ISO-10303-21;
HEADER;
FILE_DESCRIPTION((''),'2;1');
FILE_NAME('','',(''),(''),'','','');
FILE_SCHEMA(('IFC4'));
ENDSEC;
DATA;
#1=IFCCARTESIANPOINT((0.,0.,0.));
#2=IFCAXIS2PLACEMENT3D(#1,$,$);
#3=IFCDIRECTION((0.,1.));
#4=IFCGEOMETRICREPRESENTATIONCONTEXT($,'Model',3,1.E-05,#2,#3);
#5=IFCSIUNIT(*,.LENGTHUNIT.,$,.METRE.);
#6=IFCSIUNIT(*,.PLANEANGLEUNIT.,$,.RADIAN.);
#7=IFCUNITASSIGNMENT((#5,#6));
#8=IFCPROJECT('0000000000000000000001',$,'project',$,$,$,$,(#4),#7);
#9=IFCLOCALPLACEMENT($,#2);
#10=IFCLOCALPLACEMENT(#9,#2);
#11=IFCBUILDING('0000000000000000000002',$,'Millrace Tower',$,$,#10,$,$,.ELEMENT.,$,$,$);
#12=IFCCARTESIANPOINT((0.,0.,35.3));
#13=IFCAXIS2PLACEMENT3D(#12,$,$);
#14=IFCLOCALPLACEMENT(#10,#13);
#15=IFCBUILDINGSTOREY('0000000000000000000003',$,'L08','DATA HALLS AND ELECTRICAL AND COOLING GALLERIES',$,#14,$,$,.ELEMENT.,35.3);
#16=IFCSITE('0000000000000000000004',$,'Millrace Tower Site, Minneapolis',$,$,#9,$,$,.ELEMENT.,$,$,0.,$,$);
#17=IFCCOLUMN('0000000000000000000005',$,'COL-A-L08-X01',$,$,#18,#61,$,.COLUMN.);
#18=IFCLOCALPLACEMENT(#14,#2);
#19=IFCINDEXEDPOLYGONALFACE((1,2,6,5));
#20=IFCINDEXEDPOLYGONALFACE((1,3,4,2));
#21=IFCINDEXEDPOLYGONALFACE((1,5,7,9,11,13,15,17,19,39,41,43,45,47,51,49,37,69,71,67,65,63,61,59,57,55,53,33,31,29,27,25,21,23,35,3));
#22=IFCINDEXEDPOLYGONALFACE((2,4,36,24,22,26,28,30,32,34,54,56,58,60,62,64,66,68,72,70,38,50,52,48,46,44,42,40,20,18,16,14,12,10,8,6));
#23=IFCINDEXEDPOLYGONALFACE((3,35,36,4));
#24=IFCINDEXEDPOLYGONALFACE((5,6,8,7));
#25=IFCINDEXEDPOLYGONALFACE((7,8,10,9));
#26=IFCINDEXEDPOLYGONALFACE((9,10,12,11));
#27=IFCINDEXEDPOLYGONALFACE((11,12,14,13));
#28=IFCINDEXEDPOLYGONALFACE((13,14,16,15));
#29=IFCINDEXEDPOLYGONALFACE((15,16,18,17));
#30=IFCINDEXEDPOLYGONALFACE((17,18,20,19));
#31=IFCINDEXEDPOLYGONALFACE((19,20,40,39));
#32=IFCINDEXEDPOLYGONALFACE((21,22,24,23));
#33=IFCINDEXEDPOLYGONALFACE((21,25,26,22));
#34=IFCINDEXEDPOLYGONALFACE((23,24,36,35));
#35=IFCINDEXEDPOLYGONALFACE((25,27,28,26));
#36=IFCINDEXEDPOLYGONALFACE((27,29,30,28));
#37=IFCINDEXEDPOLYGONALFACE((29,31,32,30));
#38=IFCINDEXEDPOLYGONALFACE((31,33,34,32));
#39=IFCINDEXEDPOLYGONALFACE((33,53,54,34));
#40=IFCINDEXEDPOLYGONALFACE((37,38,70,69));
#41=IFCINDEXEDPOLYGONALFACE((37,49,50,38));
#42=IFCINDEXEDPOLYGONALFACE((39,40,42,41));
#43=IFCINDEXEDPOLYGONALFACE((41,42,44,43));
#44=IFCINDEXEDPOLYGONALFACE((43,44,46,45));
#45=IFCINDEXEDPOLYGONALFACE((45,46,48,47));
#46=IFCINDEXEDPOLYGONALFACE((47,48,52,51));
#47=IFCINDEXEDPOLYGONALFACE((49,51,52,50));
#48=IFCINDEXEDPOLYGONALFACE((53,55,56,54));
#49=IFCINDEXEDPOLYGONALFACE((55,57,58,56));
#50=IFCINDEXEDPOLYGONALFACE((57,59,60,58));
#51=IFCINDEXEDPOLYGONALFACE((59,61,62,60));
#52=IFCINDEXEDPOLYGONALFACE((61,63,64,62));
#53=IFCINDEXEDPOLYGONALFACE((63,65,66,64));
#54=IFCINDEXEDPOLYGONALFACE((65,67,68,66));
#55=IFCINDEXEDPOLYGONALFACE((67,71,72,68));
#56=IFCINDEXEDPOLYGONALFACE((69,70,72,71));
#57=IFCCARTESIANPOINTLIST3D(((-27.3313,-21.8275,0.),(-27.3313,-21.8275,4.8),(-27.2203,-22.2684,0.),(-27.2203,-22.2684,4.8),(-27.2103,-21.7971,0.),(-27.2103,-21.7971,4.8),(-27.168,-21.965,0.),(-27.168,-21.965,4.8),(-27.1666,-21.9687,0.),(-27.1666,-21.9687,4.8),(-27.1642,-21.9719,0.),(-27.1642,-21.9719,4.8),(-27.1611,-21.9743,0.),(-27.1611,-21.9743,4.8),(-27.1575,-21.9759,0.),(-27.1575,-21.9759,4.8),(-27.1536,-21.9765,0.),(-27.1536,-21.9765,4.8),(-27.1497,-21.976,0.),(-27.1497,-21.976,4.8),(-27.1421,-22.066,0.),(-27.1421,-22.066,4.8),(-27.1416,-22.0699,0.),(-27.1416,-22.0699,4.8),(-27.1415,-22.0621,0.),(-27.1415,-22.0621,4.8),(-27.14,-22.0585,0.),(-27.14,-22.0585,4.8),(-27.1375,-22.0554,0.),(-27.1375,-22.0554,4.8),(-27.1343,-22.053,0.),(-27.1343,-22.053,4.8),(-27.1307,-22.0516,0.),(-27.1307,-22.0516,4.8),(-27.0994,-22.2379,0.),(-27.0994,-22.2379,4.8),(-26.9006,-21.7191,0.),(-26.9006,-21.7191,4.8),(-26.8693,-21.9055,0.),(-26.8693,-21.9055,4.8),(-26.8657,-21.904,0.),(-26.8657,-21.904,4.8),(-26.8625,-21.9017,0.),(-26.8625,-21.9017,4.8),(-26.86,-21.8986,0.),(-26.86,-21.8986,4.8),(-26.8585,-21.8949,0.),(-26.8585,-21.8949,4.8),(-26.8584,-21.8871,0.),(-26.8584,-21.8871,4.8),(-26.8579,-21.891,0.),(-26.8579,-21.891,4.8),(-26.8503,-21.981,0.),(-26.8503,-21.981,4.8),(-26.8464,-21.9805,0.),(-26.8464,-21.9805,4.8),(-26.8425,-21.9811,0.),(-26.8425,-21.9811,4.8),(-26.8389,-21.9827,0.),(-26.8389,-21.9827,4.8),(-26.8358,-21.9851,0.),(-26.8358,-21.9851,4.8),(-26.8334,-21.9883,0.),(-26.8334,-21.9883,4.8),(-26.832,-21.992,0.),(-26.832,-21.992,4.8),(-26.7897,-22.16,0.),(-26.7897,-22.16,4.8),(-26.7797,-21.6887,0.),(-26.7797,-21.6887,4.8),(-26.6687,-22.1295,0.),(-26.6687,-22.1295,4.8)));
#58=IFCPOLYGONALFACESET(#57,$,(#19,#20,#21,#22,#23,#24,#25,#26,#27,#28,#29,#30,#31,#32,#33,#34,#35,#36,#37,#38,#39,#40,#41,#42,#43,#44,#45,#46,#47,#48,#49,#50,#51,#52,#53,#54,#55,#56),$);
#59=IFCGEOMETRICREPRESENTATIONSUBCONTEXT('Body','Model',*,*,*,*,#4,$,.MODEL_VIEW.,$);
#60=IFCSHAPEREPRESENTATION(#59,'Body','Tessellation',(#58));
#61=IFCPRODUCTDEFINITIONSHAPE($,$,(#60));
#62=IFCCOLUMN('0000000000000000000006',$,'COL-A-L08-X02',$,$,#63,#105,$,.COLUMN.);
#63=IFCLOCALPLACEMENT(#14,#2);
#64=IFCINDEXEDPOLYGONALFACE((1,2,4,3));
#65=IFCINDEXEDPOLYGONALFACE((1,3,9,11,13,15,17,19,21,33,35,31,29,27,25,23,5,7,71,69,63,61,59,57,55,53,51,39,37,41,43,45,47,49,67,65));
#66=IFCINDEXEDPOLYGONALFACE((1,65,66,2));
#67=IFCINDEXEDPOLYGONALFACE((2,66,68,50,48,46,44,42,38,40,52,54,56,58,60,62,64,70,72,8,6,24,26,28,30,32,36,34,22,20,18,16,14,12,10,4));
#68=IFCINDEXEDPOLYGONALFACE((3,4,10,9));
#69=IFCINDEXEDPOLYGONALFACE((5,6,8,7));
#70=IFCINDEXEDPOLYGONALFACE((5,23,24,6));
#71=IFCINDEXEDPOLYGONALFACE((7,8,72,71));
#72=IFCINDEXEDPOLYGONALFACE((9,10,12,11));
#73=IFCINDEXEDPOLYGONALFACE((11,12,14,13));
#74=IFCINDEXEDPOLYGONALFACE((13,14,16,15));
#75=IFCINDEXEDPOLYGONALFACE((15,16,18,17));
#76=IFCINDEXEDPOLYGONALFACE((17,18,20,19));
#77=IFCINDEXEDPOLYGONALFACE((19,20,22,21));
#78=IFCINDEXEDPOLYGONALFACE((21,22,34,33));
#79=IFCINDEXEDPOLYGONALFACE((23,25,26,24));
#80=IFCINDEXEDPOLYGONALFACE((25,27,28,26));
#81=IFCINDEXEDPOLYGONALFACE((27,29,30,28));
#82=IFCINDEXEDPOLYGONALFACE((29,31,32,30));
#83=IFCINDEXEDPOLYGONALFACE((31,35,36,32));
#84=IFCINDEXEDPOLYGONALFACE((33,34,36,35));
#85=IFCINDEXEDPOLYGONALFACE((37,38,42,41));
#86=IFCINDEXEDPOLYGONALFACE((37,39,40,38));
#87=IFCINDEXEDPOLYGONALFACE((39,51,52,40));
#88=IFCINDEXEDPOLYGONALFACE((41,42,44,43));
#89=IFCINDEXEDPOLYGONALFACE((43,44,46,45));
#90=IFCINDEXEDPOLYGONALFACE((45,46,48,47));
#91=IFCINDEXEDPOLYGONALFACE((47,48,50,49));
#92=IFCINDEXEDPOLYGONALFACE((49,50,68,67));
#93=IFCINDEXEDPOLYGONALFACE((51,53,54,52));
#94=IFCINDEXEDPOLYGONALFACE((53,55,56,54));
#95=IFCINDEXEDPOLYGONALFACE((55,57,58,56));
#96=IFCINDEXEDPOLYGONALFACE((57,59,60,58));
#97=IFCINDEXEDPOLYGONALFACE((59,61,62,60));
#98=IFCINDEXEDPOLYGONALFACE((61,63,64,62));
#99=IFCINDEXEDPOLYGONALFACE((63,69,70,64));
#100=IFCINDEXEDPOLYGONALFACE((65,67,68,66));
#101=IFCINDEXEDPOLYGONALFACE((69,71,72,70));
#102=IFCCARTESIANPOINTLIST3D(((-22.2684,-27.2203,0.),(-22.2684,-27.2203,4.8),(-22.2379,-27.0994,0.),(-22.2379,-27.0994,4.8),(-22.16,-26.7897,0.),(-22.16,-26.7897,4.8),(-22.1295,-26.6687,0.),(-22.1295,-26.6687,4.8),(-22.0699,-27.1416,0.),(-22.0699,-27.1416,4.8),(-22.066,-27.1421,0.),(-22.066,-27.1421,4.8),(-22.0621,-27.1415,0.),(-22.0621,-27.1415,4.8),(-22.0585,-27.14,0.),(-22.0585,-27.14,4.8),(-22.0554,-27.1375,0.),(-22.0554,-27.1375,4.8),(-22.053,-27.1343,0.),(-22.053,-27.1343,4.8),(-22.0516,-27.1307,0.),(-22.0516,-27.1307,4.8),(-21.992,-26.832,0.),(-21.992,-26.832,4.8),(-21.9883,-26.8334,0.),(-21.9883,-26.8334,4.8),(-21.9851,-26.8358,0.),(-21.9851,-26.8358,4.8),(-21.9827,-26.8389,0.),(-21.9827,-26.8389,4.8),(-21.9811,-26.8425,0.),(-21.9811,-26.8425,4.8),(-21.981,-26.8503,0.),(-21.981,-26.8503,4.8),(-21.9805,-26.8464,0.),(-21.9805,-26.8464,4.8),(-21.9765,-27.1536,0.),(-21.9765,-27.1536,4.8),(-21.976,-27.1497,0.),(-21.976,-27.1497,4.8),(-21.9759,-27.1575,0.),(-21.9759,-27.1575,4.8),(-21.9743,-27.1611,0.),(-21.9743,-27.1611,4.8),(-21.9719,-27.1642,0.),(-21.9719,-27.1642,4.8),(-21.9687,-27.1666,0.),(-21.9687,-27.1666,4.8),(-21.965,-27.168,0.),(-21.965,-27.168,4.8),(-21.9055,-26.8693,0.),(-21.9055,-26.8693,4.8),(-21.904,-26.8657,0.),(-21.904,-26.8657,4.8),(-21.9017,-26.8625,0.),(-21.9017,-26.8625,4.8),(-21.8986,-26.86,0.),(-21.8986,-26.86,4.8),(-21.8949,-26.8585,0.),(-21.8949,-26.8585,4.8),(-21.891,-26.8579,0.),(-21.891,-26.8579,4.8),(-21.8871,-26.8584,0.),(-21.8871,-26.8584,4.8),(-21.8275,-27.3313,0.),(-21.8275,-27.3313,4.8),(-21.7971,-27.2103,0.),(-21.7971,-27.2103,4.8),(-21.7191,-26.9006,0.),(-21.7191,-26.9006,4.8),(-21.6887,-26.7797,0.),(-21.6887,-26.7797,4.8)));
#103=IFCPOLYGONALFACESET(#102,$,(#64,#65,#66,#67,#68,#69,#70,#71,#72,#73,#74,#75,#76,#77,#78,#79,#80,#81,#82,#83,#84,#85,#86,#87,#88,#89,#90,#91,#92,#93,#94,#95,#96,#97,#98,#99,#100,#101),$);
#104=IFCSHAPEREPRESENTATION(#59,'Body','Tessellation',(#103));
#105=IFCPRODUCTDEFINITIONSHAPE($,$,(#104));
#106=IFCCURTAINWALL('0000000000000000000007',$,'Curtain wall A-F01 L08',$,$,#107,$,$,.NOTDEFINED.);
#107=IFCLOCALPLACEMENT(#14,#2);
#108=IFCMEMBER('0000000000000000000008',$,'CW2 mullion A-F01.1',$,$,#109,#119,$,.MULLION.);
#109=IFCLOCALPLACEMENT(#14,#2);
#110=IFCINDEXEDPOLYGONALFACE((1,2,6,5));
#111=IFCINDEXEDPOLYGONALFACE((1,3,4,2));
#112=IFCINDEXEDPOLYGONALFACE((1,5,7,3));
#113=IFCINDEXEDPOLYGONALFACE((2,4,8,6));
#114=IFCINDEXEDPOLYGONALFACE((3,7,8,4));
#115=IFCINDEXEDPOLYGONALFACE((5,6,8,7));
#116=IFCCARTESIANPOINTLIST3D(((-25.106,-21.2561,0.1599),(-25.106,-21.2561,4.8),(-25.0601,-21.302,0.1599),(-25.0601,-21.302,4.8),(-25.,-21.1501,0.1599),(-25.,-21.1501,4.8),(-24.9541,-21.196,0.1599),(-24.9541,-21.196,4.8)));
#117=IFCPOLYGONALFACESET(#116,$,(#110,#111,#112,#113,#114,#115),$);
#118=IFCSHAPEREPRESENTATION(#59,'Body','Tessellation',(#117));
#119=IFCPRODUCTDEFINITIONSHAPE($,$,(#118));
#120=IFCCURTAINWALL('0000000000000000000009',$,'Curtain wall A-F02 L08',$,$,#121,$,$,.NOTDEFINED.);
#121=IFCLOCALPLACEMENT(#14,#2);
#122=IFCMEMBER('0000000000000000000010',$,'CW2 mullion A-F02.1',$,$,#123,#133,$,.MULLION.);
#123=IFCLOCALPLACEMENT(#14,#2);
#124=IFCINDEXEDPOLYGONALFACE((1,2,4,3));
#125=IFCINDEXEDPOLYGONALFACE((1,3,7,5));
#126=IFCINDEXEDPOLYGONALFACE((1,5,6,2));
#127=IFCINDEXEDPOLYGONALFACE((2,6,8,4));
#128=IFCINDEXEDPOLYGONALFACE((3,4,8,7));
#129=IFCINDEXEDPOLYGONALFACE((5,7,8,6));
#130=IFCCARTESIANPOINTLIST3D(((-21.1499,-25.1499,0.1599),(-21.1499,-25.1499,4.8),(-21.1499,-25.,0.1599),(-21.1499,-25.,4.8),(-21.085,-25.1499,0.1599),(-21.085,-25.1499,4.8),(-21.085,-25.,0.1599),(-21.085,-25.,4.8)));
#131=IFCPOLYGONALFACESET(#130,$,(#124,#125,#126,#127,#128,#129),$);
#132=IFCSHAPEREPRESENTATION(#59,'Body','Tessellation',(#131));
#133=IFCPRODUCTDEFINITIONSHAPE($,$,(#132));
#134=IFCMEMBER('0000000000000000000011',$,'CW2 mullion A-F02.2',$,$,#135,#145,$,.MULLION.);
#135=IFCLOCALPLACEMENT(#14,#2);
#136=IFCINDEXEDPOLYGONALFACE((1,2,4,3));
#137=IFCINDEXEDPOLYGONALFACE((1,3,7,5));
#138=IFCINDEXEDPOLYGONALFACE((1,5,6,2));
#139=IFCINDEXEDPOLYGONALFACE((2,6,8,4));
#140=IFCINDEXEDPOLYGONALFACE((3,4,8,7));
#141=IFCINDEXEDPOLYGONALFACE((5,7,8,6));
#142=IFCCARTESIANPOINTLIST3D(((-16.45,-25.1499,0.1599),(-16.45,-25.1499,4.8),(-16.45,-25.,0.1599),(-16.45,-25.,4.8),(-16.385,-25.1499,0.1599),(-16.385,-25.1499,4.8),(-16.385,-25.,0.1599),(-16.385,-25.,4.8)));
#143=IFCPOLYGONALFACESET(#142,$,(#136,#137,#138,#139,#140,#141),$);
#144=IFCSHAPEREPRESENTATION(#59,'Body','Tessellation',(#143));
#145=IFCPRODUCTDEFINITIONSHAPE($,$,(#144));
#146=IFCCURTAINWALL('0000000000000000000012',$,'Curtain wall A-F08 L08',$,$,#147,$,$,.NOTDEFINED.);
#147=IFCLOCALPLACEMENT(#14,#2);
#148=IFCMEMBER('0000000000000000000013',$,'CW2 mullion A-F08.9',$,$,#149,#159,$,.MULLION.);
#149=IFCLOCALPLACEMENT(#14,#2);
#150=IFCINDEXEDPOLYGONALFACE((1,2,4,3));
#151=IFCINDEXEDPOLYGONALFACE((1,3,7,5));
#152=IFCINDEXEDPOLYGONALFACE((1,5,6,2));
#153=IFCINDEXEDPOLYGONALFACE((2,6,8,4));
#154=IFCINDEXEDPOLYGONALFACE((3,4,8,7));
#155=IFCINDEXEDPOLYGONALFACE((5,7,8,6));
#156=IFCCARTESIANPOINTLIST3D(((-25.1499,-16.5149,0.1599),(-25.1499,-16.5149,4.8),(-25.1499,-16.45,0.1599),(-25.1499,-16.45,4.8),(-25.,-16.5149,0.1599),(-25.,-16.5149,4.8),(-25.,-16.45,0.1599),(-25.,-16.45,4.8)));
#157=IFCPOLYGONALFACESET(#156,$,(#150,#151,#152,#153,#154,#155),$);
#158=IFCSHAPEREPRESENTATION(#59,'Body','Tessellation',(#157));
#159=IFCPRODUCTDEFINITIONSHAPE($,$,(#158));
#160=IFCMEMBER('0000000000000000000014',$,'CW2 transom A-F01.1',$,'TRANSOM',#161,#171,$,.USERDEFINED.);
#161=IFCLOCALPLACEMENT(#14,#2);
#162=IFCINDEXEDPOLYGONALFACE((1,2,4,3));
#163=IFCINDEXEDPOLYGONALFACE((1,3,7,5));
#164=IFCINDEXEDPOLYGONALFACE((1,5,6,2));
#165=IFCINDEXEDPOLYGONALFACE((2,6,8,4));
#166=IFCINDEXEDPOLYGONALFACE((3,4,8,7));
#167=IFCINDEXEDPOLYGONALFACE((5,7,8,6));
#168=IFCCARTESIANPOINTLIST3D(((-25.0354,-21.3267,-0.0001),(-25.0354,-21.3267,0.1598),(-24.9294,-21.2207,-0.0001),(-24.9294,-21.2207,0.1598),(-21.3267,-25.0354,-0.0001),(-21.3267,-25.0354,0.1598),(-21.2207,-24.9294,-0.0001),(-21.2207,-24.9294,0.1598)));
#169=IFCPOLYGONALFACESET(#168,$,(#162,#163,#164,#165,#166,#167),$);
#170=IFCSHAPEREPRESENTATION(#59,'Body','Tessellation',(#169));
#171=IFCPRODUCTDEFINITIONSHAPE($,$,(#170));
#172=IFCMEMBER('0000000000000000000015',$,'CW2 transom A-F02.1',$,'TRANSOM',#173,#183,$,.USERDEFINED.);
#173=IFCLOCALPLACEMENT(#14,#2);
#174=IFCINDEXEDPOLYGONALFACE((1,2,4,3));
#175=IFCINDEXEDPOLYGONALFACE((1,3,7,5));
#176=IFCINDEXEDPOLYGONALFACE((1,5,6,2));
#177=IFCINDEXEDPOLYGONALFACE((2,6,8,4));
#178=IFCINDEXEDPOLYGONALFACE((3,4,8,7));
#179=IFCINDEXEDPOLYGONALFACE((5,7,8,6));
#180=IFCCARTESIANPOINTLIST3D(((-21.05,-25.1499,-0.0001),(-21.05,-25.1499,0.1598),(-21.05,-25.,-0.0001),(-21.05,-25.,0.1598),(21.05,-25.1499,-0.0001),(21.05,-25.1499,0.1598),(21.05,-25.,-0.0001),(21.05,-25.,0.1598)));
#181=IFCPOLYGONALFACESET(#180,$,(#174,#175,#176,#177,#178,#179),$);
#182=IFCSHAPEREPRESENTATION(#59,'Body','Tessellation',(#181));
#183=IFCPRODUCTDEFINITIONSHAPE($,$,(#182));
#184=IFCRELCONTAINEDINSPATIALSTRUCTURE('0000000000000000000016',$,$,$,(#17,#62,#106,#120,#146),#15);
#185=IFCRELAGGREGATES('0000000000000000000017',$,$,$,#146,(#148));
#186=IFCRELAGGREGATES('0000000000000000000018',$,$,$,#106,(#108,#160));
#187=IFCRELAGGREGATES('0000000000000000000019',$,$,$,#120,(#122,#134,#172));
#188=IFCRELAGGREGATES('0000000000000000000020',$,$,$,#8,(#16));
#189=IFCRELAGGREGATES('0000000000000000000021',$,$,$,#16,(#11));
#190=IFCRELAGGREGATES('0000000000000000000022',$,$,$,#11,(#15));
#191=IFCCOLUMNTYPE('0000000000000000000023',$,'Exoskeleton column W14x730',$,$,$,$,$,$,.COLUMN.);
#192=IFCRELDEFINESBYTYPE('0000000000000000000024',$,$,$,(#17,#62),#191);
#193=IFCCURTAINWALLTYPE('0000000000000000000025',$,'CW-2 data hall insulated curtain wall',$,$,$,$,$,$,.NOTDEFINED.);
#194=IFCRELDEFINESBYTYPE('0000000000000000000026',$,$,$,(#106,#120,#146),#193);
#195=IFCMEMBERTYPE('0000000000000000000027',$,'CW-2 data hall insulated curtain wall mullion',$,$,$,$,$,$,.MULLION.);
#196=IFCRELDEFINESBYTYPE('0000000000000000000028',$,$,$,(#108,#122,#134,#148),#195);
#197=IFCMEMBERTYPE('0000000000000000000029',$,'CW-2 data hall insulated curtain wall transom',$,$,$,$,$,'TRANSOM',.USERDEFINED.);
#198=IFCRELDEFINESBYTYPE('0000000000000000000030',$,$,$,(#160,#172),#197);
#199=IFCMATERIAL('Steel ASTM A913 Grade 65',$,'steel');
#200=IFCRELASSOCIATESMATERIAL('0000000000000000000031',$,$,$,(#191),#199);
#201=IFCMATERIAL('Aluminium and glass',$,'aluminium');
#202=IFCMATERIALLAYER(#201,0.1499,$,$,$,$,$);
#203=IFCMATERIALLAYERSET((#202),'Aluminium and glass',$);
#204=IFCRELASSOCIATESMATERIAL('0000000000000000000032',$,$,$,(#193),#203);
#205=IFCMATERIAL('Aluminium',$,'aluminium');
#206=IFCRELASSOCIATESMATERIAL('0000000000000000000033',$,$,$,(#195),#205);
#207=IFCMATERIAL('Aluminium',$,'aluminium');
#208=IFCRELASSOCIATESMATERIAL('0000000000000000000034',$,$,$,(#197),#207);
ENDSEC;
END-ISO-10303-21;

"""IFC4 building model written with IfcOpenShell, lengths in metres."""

from ifc_helpers import new_model, si_unit, direction, frame, origin, origin_2d, place, context, subcontext, project, spatial, rectangle, i_section, extrude, material, layer, layer_set, material_profile, profile_set, type_object, element, aggregate, save


model = new_model("IFC4")

# Units and contexts
model_context = context("Model", 3, precision=1e-05, world=origin(), true_north=direction((0.0, 1.0)))
body_context = subcontext(model_context, "Body", "Model", "MODEL_VIEW")
ifc_project = project(units=[si_unit("LENGTHUNIT", "METRE"), si_unit("PLANEANGLEUNIT", "RADIAN")], contexts=[model_context])

# Site, building, storey
site_placement = place(None, origin())
site = spatial("IfcSite", under=ifc_project, at=site_placement, Name="Millrace Tower Site, Minneapolis", CompositionType="ELEMENT", RefElevation=0.0)
building_placement = place(site_placement, origin())
building = spatial("IfcBuilding", under=site, at=building_placement, Name="Millrace Tower", CompositionType="ELEMENT")
storey_placement = place(building_placement, frame((0.0, 0.0, 35.3)))
storey = spatial("IfcBuildingStorey", under=building, at=storey_placement, Name="L08", Description="DATA HALLS AND ELECTRICAL AND COOLING GALLERIES", CompositionType="ELEMENT", Elevation=35.3)

# Columns
ifc_material_1 = material(Name="Steel ASTM A913 Grade 65", Category="steel")
ifc_material_profile_1 = material_profile(ifc_material_1, i_section(OverallWidth=0.4546, OverallDepth=0.5688, WebThickness=0.0779, FlangeThickness=0.1248, FilletRadius=0.0151, at=origin_2d()))
ifc_profile_set_1 = profile_set([ifc_material_profile_1], Name="Steel ASTM A913 Grade 65")
column_type = type_object("IfcColumnType", Name="Exoskeleton column W14x730", PredefinedType="COLUMN", material=ifc_profile_set_1)
for number, where, z_axis, x_axis, name in (
    (1, (-27.0, -21.9785, 0.0), (0.0, 0.0, 1.0), (0.244094, -0.969752, 0.0), "COL-A-L08-X01"),
    (2, (-21.9785, -27.0, 0.0), (0.0, 0.0, 1.0), (0.969752, -0.244094, 0.0), "COL-A-L08-X02"),
):
    element("IfcColumn", number, at=place(storey_placement, frame(where, z_axis=z_axis, x_axis=x_axis)), inside=storey, type_object=column_type, Name=name, PredefinedType="COLUMN", context=body_context, shape_type="SweptSolid", body=[
        extrude(i_section(OverallWidth=0.4546, OverallDepth=0.5688, WebThickness=0.0779, FlangeThickness=0.1248, FilletRadius=0.0151, at=origin_2d()), origin(), (0.0, 0.0, 1.0), 4.8),
    ])

# Curtain wall, member
ifc_material_2 = material(Name="Aluminium and glass", Category="aluminium")
ifc_layer_1 = layer(ifc_material_2, 0.1499)
ifc_layer_set_1 = layer_set([ifc_layer_1], Name="Aluminium and glass")
curtain_wall_type = type_object("IfcCurtainWallType", Name="CW-2 data hall insulated curtain wall", PredefinedType="NOTDEFINED", material=ifc_layer_set_1)
placement = place(storey_placement, origin())
curtain_wall_1 = element("IfcCurtainWall", 3, at=placement, inside=storey, type_object=curtain_wall_type, Name="Curtain wall A-F01 L08", PredefinedType="NOTDEFINED")
ifc_material_3 = material(Name="Aluminium", Category="aluminium")
ifc_material_profile_2 = material_profile(ifc_material_3, rectangle(XDim=0.0649, YDim=0.1499, at=origin_2d()))
ifc_profile_set_2 = profile_set([ifc_material_profile_2], Name="Aluminium")
member_type_1 = type_object("IfcMemberType", Name="CW-2 data hall insulated curtain wall mullion", PredefinedType="MULLION", material=ifc_profile_set_2)
member_1_placement = place(storey_placement, frame((-25.03, -21.2261, 0.1599), z_axis=(0.0, 0.0, 1.0), x_axis=(0.707107, -0.707107, 0.0)))
member_1 = element("IfcMember", 4, at=member_1_placement, type_object=member_type_1, Name="CW2 mullion A-F01.1", PredefinedType="MULLION", context=body_context, shape_type="SweptSolid", body=[
    extrude(rectangle(XDim=0.0649, YDim=0.1499, at=origin_2d()), origin(), (0.0, 0.0, 1.0), 4.6401),
])

# Curtain wall, members
curtain_wall_2 = element("IfcCurtainWall", 5, at=placement, inside=storey, type_object=curtain_wall_type, Name="Curtain wall A-F02 L08", PredefinedType="NOTDEFINED")
member_2_placement = place(storey_placement, frame((-21.1174, -25.075, 0.1599), z_axis=(0.0, 0.0, 1.0), x_axis=(1.0, 0.0, 0.0)))
member_2 = element("IfcMember", 6, at=member_2_placement, type_object=member_type_1, Name="CW2 mullion A-F02.1", PredefinedType="MULLION", context=body_context, shape_type="SweptSolid", body=[
    extrude(rectangle(XDim=0.0649, YDim=0.1499, at=origin_2d()), origin(), (0.0, 0.0, 1.0), 4.6401),
])
member_3_placement = place(storey_placement, frame((-16.4175, -25.075, 0.1599), z_axis=(0.0, 0.0, 1.0), x_axis=(1.0, 0.0, 0.0)))
member_3 = element("IfcMember", 7, at=member_3_placement, type_object=member_type_1, Name="CW2 mullion A-F02.2", PredefinedType="MULLION", context=body_context, shape_type="SweptSolid", body=[
    extrude(rectangle(XDim=0.0649, YDim=0.1499, at=origin_2d()), origin(), (0.0, 0.0, 1.0), 4.6401),
])

# Curtain wall, member
curtain_wall_3 = element("IfcCurtainWall", 8, at=placement, inside=storey, type_object=curtain_wall_type, Name="Curtain wall A-F08 L08", PredefinedType="NOTDEFINED")
member_4_placement = place(storey_placement, frame((-25.075, -16.4824, 0.1599), z_axis=(0.0, 0.0, 1.0), x_axis=(0.0, -1.0, 0.0)))
member_4 = element("IfcMember", 9, at=member_4_placement, type_object=member_type_1, Name="CW2 mullion A-F08.9", PredefinedType="MULLION", context=body_context, shape_type="SweptSolid", body=[
    extrude(rectangle(XDim=0.0649, YDim=0.1499, at=origin_2d()), origin(), (0.0, 0.0, 1.0), 4.6401),
])
aggregate(curtain_wall_3, [member_4])

# Members
ifc_material_4 = material(Name="Aluminium", Category="aluminium")
ifc_material_profile_3 = material_profile(ifc_material_4, rectangle(XDim=0.1499, YDim=0.1599, at=origin_2d()))
ifc_profile_set_3 = profile_set([ifc_material_profile_3], Name="Aluminium")
member_type_2 = type_object("IfcMemberType", Name="CW-2 data hall insulated curtain wall transom", ElementType="TRANSOM", PredefinedType="USERDEFINED", material=ifc_profile_set_3)
member_5_placement = place(storey_placement, frame((-24.9824, -21.2737, 0.0798), z_axis=(0.707107, -0.707107, 0.0), x_axis=(0.707107, 0.707107, 0.0)))
member_5 = element("IfcMember", 10, at=member_5_placement, type_object=member_type_2, Name="CW2 transom A-F01.1", ObjectType="TRANSOM", PredefinedType="USERDEFINED", context=body_context, shape_type="SweptSolid", body=[
    extrude(rectangle(XDim=0.1499, YDim=0.1599, at=origin_2d()), origin(), (0.0, 0.0, 1.0), 5.2449),
])
aggregate(curtain_wall_1, [member_1, member_5])
member_6_placement = place(storey_placement, frame((-21.05, -25.075, 0.0798), z_axis=(1.0, 0.0, 0.0), x_axis=(0.0, 1.0, 0.0)))
member_6 = element("IfcMember", 11, at=member_6_placement, type_object=member_type_2, Name="CW2 transom A-F02.1", ObjectType="TRANSOM", PredefinedType="USERDEFINED", context=body_context, shape_type="SweptSolid", body=[
    extrude(rectangle(XDim=0.1499, YDim=0.1599, at=origin_2d()), origin(), (0.0, 0.0, 1.0), 42.1001),
])
aggregate(curtain_wall_2, [member_2, member_3, member_6])

save(model, "model.ifc")
